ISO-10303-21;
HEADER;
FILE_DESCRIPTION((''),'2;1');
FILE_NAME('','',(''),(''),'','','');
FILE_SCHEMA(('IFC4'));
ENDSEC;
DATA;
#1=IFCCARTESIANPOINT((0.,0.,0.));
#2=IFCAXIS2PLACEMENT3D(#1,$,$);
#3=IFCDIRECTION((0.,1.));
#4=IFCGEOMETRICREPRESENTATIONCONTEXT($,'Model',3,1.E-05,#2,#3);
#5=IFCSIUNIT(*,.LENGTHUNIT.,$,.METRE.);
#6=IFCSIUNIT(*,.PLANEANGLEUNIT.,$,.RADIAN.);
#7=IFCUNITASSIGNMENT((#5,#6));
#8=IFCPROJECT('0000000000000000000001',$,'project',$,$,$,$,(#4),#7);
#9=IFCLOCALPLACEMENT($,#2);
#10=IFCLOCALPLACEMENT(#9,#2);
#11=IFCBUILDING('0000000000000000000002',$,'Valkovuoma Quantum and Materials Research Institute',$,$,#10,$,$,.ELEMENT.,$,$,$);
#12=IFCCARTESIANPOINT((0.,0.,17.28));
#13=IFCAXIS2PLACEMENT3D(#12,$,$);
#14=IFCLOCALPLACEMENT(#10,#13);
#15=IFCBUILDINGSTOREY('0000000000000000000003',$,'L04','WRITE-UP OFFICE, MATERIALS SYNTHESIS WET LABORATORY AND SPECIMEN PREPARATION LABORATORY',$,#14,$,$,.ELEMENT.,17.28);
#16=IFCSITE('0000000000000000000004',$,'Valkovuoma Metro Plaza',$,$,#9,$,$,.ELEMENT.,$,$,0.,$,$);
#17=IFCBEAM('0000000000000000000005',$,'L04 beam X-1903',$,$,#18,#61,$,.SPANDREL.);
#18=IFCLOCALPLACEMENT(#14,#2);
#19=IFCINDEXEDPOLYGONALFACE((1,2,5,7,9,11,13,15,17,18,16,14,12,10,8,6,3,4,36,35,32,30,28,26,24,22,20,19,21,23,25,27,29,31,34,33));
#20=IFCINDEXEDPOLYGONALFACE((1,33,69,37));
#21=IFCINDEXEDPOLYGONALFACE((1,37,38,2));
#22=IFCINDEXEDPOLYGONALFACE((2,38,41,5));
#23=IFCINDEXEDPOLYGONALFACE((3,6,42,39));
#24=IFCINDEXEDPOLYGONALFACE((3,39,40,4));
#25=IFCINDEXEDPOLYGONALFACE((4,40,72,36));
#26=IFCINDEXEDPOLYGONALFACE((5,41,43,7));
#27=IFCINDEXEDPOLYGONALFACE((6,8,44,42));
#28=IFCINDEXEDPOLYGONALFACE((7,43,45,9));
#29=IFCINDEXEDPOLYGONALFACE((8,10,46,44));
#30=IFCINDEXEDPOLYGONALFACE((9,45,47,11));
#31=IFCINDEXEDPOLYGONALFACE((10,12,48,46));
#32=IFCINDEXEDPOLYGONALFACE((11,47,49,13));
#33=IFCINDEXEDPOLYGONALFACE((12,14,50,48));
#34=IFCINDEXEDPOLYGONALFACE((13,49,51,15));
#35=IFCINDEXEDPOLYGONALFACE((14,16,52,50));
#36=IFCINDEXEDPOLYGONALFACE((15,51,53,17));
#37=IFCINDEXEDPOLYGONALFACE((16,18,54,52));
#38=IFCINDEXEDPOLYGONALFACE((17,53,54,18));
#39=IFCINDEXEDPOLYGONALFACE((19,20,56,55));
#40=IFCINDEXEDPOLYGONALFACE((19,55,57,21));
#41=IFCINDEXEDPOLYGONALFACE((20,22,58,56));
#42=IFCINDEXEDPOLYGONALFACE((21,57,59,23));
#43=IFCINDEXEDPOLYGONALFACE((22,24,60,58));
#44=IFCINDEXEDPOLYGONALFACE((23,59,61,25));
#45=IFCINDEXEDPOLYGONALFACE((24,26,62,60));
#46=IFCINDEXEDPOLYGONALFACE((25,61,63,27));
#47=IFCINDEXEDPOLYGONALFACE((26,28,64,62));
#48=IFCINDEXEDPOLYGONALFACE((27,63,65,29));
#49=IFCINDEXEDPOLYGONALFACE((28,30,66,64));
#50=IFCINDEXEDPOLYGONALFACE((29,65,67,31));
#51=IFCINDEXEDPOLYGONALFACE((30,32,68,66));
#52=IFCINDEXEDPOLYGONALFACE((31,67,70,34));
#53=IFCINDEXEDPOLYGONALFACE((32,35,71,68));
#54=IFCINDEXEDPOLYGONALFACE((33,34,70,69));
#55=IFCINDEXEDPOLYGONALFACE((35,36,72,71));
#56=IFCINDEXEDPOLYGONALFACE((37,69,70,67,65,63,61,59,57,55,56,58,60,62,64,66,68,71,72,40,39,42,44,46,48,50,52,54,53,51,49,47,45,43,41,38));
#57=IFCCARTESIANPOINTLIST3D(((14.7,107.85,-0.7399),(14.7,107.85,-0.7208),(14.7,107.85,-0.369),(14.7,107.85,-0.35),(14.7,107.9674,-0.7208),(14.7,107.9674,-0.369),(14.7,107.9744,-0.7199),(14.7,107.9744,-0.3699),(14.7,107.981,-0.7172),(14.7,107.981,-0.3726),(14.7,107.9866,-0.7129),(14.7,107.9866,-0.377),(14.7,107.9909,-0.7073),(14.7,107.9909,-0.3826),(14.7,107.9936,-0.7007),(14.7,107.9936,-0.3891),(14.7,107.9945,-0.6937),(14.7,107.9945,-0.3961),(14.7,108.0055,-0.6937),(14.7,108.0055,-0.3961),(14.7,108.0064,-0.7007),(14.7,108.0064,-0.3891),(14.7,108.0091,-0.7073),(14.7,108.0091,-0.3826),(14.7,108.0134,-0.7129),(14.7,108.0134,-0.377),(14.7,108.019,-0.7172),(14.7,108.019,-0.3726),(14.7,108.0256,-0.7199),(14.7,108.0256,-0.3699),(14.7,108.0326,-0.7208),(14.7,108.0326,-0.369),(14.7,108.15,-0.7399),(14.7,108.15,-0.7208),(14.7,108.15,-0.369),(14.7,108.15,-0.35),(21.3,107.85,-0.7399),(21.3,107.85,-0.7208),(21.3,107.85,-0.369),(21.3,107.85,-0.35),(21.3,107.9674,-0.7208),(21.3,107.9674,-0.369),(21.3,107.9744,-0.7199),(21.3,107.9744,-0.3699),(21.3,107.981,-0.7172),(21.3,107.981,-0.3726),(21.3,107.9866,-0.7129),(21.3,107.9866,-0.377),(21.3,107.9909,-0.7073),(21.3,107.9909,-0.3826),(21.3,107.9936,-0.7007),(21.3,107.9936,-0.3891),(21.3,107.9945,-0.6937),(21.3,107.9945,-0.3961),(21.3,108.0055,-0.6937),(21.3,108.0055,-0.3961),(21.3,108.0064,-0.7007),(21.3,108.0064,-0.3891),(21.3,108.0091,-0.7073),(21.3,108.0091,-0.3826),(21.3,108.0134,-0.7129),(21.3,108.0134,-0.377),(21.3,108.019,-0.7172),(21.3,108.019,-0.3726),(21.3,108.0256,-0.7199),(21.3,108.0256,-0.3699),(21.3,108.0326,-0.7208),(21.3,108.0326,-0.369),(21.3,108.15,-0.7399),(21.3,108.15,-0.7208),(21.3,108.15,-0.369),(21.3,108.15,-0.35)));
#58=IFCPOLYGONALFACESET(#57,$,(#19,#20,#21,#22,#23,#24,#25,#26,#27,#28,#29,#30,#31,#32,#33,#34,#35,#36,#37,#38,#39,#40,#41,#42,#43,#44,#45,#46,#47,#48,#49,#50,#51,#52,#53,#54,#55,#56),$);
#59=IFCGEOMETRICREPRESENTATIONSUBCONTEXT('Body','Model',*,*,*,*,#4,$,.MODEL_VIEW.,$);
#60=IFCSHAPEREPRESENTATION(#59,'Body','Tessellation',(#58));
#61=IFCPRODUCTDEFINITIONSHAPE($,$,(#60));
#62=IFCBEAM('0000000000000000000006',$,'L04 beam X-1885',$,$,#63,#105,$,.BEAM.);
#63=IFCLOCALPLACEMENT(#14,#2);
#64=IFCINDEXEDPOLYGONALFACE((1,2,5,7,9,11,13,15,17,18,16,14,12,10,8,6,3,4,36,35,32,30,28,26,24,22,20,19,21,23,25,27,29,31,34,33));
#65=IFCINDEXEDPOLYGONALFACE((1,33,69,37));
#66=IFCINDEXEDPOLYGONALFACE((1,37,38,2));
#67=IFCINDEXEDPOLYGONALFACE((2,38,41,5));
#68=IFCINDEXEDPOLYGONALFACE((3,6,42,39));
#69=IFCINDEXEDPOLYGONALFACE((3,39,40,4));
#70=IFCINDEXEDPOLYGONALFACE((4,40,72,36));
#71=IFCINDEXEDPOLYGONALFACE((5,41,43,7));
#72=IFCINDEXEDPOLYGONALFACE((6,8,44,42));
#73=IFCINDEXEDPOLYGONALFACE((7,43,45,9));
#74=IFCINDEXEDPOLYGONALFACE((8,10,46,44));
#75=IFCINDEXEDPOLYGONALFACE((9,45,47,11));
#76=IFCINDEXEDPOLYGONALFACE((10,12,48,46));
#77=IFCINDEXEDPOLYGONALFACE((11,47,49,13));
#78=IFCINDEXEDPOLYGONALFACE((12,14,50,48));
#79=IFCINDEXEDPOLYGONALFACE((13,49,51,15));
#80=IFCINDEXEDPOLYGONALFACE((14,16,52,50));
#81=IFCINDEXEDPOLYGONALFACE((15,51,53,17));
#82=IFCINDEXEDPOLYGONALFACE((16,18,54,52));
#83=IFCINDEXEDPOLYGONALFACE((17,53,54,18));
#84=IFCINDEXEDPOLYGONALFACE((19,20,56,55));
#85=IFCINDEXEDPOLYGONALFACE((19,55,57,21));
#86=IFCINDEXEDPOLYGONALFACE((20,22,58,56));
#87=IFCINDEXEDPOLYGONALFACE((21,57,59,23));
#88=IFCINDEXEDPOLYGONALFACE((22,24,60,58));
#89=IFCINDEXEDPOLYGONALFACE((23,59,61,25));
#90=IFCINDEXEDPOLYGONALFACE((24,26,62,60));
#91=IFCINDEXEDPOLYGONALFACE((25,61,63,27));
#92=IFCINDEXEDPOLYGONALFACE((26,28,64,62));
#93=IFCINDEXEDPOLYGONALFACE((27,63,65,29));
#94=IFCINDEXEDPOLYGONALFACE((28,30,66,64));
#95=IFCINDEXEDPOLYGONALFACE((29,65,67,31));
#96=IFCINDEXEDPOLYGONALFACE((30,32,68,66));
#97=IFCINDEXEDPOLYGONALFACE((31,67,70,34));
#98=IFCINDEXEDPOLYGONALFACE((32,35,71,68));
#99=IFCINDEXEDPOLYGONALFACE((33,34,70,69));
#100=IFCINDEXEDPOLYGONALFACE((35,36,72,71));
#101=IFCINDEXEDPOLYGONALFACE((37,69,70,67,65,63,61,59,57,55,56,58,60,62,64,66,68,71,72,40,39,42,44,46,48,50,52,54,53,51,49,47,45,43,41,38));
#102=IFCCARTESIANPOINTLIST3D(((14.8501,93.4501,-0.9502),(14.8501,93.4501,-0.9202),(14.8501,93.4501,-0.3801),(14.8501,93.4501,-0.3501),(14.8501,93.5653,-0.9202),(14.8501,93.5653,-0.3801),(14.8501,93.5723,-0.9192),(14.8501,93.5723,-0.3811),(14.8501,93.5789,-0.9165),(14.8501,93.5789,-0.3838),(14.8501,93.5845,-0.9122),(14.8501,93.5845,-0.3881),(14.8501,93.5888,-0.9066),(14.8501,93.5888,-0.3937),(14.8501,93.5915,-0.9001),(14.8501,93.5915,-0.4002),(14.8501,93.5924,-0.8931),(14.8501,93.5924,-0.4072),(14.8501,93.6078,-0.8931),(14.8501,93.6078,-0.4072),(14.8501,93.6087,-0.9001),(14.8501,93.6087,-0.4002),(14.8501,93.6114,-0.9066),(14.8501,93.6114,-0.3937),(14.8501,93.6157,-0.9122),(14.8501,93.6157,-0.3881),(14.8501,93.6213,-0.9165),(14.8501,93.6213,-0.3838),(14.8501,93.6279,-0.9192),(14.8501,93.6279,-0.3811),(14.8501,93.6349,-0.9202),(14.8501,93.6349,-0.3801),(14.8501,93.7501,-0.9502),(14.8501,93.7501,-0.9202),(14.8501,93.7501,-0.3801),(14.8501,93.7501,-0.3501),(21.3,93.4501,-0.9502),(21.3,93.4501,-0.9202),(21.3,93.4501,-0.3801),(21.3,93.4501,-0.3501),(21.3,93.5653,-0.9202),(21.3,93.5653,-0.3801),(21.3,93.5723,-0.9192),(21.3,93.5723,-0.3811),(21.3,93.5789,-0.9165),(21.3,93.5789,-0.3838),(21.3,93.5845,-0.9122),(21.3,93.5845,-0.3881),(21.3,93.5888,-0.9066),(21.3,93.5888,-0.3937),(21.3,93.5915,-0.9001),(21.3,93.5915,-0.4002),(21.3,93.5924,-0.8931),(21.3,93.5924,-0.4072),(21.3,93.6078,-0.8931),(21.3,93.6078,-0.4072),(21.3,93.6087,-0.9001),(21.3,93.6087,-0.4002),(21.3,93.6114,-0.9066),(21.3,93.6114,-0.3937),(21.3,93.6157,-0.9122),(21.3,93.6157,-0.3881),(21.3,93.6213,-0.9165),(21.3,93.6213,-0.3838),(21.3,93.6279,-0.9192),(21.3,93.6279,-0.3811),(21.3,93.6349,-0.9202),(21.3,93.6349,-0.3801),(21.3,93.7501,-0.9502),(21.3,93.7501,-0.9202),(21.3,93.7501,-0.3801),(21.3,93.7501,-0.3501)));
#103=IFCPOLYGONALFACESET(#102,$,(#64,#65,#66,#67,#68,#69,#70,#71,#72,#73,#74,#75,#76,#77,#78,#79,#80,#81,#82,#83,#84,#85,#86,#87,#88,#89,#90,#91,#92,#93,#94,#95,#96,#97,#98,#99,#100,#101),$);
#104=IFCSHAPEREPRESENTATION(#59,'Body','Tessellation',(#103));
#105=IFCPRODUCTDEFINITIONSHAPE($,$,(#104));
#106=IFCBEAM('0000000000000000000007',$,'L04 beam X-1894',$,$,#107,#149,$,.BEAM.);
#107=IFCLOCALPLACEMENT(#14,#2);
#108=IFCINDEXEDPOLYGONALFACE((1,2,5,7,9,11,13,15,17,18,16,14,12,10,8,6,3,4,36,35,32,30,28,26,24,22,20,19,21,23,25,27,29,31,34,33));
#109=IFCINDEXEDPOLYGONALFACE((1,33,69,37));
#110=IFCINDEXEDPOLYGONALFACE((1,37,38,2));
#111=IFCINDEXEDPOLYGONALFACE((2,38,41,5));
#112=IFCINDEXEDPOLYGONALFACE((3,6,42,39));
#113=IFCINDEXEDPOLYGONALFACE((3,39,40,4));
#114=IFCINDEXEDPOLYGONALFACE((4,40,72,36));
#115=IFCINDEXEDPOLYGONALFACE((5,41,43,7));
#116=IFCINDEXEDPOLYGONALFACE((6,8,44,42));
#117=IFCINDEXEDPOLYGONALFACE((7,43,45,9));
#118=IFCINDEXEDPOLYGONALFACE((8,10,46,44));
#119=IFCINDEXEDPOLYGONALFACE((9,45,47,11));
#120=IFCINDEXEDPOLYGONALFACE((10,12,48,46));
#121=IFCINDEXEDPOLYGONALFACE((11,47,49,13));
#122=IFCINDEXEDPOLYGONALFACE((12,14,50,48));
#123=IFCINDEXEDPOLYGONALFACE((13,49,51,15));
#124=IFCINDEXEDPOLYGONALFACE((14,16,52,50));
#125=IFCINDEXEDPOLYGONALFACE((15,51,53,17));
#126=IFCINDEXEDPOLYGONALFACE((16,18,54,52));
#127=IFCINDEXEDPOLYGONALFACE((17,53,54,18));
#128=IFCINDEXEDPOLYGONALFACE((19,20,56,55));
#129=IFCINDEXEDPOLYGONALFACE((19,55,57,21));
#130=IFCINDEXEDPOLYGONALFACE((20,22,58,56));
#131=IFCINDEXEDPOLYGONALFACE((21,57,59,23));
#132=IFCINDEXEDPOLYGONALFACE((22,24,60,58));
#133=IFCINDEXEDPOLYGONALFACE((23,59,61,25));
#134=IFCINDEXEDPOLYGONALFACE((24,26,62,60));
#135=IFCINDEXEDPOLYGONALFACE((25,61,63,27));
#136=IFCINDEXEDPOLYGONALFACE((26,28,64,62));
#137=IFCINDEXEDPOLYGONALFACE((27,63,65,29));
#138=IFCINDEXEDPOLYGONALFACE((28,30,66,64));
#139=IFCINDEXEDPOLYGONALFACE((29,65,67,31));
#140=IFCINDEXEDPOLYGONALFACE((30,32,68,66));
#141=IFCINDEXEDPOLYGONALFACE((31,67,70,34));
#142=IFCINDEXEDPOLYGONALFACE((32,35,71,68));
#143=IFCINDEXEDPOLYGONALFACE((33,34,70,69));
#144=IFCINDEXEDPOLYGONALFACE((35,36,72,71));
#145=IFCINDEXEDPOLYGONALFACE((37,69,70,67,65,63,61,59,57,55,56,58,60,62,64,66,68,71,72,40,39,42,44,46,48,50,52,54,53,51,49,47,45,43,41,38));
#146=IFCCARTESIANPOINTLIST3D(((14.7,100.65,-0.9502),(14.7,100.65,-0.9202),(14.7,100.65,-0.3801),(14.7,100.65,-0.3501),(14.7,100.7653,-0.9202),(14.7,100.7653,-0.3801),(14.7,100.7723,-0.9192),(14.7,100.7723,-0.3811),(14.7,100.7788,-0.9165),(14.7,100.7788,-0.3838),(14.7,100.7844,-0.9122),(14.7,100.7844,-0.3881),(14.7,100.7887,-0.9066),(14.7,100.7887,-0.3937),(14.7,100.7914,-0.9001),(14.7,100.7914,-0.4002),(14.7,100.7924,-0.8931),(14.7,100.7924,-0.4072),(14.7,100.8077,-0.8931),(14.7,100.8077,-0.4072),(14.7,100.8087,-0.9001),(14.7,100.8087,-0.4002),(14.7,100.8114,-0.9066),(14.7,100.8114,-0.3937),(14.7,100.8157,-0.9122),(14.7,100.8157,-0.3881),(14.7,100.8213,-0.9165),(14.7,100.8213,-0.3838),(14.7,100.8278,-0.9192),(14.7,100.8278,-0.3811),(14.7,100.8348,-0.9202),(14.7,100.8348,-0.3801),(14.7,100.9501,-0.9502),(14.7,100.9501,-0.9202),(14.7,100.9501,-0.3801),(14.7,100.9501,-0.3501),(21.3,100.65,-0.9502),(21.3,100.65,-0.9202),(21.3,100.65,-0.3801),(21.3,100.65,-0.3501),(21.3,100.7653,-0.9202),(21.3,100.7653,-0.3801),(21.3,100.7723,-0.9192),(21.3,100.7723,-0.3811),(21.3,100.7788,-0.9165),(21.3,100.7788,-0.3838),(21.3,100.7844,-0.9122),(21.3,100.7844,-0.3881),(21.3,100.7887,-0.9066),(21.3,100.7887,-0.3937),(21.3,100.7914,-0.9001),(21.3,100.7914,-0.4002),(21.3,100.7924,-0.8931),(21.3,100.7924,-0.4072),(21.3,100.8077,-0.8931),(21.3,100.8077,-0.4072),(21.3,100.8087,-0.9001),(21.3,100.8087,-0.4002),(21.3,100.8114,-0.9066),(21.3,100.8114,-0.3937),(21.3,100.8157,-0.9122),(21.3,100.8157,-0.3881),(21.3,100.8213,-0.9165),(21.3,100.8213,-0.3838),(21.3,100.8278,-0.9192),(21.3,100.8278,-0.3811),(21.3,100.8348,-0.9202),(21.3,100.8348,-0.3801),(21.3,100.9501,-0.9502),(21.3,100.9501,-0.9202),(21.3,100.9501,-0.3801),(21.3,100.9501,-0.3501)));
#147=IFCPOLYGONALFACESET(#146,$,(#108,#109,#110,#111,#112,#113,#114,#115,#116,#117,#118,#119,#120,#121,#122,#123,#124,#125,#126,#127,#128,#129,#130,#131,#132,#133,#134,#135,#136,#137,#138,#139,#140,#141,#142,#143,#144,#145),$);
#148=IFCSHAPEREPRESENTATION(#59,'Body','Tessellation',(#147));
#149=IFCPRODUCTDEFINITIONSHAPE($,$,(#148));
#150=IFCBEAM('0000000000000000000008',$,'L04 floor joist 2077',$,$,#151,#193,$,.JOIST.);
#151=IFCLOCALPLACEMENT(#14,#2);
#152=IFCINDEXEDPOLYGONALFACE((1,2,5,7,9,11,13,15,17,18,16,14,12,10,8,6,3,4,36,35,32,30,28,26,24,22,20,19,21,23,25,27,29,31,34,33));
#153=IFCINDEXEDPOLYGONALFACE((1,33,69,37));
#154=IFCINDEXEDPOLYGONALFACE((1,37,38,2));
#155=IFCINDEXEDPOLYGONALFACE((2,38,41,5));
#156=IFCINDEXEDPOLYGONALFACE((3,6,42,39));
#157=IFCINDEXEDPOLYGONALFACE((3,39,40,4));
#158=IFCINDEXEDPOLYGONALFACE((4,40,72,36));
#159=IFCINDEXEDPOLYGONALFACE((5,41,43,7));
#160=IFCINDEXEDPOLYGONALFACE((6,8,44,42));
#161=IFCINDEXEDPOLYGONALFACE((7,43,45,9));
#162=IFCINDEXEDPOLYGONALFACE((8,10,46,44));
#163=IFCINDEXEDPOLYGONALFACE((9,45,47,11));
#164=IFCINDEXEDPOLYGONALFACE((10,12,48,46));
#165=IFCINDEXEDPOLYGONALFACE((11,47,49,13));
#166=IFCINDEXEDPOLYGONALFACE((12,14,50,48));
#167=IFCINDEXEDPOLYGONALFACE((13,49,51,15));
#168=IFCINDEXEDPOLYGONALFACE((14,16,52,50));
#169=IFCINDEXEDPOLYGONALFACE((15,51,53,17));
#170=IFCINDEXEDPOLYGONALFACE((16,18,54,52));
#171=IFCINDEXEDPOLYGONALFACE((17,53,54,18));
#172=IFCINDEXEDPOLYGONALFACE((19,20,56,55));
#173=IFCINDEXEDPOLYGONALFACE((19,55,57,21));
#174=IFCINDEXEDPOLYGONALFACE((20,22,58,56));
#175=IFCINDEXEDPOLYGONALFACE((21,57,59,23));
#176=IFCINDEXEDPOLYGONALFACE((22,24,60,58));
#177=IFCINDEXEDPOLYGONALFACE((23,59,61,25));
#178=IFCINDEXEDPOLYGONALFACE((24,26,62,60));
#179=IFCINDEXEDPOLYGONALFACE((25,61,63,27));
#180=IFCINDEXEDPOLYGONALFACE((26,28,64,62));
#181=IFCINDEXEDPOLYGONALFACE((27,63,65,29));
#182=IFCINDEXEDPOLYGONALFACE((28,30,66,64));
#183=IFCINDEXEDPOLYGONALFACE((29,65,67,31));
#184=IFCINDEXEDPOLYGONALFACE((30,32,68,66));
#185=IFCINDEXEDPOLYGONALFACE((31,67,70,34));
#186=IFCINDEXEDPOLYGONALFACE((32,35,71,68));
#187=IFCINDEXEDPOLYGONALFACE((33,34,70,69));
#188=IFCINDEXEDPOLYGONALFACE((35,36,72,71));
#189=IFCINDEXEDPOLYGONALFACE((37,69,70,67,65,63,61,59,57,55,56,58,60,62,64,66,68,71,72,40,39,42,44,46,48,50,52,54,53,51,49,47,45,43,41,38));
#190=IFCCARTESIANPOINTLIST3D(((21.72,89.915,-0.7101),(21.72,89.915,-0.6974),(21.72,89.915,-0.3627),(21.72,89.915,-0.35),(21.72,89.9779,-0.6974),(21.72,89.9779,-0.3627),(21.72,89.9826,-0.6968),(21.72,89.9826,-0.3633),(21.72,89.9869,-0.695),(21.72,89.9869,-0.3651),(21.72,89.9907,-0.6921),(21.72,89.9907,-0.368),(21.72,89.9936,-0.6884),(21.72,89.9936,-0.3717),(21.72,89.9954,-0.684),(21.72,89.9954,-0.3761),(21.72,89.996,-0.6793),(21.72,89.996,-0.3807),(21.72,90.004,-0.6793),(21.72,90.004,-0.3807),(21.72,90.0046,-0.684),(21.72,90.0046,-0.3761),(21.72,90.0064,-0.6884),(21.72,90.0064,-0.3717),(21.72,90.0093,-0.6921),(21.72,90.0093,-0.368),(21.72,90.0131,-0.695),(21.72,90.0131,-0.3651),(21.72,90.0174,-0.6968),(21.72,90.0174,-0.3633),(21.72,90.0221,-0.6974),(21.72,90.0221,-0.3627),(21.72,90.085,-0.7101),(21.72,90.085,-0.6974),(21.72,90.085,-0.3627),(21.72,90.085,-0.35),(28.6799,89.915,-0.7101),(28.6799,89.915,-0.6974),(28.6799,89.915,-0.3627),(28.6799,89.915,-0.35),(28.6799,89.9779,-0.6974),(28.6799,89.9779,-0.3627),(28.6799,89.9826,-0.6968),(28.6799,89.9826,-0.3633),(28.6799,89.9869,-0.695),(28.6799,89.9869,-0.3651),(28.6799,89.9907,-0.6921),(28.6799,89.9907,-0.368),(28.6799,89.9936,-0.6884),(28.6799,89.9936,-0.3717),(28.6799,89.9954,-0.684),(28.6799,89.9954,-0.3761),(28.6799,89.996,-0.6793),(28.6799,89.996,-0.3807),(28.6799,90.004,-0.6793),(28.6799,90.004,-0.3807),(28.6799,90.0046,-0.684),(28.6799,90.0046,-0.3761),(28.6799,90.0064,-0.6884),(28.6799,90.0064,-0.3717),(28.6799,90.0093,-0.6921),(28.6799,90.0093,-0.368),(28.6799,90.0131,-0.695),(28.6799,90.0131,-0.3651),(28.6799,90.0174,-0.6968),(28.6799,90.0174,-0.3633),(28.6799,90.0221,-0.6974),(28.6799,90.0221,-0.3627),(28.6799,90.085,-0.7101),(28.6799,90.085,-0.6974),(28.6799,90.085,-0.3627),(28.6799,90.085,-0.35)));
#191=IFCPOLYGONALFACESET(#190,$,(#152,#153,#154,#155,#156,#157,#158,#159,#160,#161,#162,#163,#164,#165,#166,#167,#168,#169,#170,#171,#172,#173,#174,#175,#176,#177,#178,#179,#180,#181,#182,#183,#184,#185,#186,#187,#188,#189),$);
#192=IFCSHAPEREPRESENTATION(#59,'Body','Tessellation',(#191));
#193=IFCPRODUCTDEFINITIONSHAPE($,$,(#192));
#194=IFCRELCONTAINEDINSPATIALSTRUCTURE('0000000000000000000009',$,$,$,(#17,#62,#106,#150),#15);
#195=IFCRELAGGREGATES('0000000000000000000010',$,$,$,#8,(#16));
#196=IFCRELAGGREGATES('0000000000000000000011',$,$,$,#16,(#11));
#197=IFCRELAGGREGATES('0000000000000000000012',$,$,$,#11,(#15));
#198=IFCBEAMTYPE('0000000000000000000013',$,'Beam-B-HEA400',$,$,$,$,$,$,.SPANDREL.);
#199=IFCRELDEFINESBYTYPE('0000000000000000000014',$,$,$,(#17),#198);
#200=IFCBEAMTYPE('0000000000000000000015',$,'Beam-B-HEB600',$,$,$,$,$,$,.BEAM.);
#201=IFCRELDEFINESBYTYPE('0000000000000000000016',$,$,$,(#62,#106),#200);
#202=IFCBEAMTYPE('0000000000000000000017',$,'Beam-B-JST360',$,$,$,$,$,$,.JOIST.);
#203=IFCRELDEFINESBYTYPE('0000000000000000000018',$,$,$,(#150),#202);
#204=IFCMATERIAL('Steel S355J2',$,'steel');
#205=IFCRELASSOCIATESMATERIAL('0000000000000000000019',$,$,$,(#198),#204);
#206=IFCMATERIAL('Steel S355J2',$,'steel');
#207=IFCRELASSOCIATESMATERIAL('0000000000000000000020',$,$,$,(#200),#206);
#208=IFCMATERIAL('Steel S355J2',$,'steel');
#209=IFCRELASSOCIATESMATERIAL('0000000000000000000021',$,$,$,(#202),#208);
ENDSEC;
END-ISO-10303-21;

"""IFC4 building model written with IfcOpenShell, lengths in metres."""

from ifc_helpers import new_model, si_unit, direction, frame, origin, origin_2d, place, context, subcontext, project, spatial, i_section, extrude, material, material_profile, profile_set, type_object, element, save


model = new_model("IFC4")

# Units and contexts
model_context = context("Model", 3, precision=1e-05, world=origin(), true_north=direction((0.0, 1.0)))
body_context = subcontext(model_context, "Body", "Model", "MODEL_VIEW")
ifc_project = project(units=[si_unit("LENGTHUNIT", "METRE"), si_unit("PLANEANGLEUNIT", "RADIAN")], contexts=[model_context])

# Site, building, storey
site_placement = place(None, origin())
site = spatial("IfcSite", under=ifc_project, at=site_placement, Name="Valkovuoma Metro Plaza", CompositionType="ELEMENT", RefElevation=0.0)
building_placement = place(site_placement, origin())
building = spatial("IfcBuilding", under=site, at=building_placement, Name="Valkovuoma Quantum and Materials Research Institute", CompositionType="ELEMENT")
storey_placement = place(building_placement, frame((0.0, 0.0, 17.28)))
storey = spatial("IfcBuildingStorey", under=building, at=storey_placement, Name="L04", Description="WRITE-UP OFFICE, MATERIALS SYNTHESIS WET LABORATORY AND SPECIMEN PREPARATION LABORATORY", CompositionType="ELEMENT", Elevation=17.28)

# Beams
ifc_material_1 = material(Name="Steel S355J2", Category="steel")
ifc_material_profile_1 = material_profile(ifc_material_1, i_section(OverallWidth=0.3, OverallDepth=0.3899, WebThickness=0.011, FlangeThickness=0.019, FilletRadius=0.0271, at=origin_2d()), Name="Steel S355J2")
ifc_profile_set_1 = profile_set([ifc_material_profile_1], Name="Steel S355J2")
beam_type_1 = type_object("IfcBeamType", Name="Beam-B-HEA400", PredefinedType="SPANDREL", material=ifc_profile_set_1)
beam_1_placement = place(storey_placement, frame((14.7, 108.0, -0.5449), z_axis=(1.0, 0.0, 0.0), x_axis=(0.0, 1.0, 0.0)))
element("IfcBeam", 1, at=beam_1_placement, inside=storey, type_object=beam_type_1, Name="L04 beam X-1903", PredefinedType="SPANDREL", context=body_context, shape_type="SweptSolid", body=[
    extrude(i_section(OverallWidth=0.3, OverallDepth=0.3899, WebThickness=0.011, FlangeThickness=0.019, FilletRadius=0.0271, at=origin_2d()), origin(), (0.0, 0.0, 1.0), 6.6001),
])
ifc_material_2 = material(Name="Steel S355J2", Category="steel")
ifc_material_profile_2 = material_profile(ifc_material_2, i_section(OverallWidth=0.3, OverallDepth=0.6001, WebThickness=0.0154, FlangeThickness=0.03, FilletRadius=0.0271, at=origin_2d()), Name="Steel S355J2")
ifc_profile_set_2 = profile_set([ifc_material_profile_2], Name="Steel S355J2")
beam_type_2 = type_object("IfcBeamType", Name="Beam-B-HEB600", PredefinedType="BEAM", material=ifc_profile_set_2)
beam_2_placement = place(storey_placement, frame((14.8501, 93.6001, -0.6501), z_axis=(1.0, 0.0, 0.0), x_axis=(0.0, 1.0, 0.0)))
element("IfcBeam", 2, at=beam_2_placement, inside=storey, type_object=beam_type_2, Name="L04 beam X-1885", PredefinedType="BEAM", context=body_context, shape_type="SweptSolid", body=[
    extrude(i_section(OverallWidth=0.3, OverallDepth=0.6001, WebThickness=0.0154, FlangeThickness=0.03, FilletRadius=0.0271, at=origin_2d()), origin(), (0.0, 0.0, 1.0), 6.45),
])
beam_3_placement = place(storey_placement, frame((14.7, 100.8, -0.6501), z_axis=(1.0, 0.0, 0.0), x_axis=(0.0, 1.0, 0.0)))
element("IfcBeam", 3, at=beam_3_placement, inside=storey, type_object=beam_type_2, Name="L04 beam X-1894", PredefinedType="BEAM", context=body_context, shape_type="SweptSolid", body=[
    extrude(i_section(OverallWidth=0.3, OverallDepth=0.6001, WebThickness=0.0154, FlangeThickness=0.03, FilletRadius=0.0271, at=origin_2d()), origin(), (0.0, 0.0, 1.0), 6.6001),
])
ifc_material_3 = material(Name="Steel S355J2", Category="steel")
ifc_material_profile_3 = material_profile(ifc_material_3, i_section(OverallWidth=0.1699, OverallDepth=0.3601, WebThickness=0.0081, FlangeThickness=0.0127, FilletRadius=0.0181, at=origin_2d()), Name="Steel S355J2")
ifc_profile_set_3 = profile_set([ifc_material_profile_3], Name="Steel S355J2")
beam_type_3 = type_object("IfcBeamType", Name="Beam-B-JST360", PredefinedType="JOIST", material=ifc_profile_set_3)
for number, where, z_axis, x_axis, name in (
    (4, (21.72, 90.0, -0.53), (1.0, 0.0, 0.0), (0.0, 1.0, 0.0), "L04 floor joist 2077"),
):
    element("IfcBeam", number, at=place(storey_placement, frame(where, z_axis=z_axis, x_axis=x_axis)), inside=storey, type_object=beam_type_3, Name=name, PredefinedType="JOIST", context=body_context, shape_type="SweptSolid", body=[
        extrude(i_section(OverallWidth=0.1699, OverallDepth=0.3601, WebThickness=0.0081, FlangeThickness=0.0127, FilletRadius=0.0181, at=origin_2d()), origin(), (0.0, 0.0, 1.0), 6.96),
    ])

save(model, "model.ifc")
